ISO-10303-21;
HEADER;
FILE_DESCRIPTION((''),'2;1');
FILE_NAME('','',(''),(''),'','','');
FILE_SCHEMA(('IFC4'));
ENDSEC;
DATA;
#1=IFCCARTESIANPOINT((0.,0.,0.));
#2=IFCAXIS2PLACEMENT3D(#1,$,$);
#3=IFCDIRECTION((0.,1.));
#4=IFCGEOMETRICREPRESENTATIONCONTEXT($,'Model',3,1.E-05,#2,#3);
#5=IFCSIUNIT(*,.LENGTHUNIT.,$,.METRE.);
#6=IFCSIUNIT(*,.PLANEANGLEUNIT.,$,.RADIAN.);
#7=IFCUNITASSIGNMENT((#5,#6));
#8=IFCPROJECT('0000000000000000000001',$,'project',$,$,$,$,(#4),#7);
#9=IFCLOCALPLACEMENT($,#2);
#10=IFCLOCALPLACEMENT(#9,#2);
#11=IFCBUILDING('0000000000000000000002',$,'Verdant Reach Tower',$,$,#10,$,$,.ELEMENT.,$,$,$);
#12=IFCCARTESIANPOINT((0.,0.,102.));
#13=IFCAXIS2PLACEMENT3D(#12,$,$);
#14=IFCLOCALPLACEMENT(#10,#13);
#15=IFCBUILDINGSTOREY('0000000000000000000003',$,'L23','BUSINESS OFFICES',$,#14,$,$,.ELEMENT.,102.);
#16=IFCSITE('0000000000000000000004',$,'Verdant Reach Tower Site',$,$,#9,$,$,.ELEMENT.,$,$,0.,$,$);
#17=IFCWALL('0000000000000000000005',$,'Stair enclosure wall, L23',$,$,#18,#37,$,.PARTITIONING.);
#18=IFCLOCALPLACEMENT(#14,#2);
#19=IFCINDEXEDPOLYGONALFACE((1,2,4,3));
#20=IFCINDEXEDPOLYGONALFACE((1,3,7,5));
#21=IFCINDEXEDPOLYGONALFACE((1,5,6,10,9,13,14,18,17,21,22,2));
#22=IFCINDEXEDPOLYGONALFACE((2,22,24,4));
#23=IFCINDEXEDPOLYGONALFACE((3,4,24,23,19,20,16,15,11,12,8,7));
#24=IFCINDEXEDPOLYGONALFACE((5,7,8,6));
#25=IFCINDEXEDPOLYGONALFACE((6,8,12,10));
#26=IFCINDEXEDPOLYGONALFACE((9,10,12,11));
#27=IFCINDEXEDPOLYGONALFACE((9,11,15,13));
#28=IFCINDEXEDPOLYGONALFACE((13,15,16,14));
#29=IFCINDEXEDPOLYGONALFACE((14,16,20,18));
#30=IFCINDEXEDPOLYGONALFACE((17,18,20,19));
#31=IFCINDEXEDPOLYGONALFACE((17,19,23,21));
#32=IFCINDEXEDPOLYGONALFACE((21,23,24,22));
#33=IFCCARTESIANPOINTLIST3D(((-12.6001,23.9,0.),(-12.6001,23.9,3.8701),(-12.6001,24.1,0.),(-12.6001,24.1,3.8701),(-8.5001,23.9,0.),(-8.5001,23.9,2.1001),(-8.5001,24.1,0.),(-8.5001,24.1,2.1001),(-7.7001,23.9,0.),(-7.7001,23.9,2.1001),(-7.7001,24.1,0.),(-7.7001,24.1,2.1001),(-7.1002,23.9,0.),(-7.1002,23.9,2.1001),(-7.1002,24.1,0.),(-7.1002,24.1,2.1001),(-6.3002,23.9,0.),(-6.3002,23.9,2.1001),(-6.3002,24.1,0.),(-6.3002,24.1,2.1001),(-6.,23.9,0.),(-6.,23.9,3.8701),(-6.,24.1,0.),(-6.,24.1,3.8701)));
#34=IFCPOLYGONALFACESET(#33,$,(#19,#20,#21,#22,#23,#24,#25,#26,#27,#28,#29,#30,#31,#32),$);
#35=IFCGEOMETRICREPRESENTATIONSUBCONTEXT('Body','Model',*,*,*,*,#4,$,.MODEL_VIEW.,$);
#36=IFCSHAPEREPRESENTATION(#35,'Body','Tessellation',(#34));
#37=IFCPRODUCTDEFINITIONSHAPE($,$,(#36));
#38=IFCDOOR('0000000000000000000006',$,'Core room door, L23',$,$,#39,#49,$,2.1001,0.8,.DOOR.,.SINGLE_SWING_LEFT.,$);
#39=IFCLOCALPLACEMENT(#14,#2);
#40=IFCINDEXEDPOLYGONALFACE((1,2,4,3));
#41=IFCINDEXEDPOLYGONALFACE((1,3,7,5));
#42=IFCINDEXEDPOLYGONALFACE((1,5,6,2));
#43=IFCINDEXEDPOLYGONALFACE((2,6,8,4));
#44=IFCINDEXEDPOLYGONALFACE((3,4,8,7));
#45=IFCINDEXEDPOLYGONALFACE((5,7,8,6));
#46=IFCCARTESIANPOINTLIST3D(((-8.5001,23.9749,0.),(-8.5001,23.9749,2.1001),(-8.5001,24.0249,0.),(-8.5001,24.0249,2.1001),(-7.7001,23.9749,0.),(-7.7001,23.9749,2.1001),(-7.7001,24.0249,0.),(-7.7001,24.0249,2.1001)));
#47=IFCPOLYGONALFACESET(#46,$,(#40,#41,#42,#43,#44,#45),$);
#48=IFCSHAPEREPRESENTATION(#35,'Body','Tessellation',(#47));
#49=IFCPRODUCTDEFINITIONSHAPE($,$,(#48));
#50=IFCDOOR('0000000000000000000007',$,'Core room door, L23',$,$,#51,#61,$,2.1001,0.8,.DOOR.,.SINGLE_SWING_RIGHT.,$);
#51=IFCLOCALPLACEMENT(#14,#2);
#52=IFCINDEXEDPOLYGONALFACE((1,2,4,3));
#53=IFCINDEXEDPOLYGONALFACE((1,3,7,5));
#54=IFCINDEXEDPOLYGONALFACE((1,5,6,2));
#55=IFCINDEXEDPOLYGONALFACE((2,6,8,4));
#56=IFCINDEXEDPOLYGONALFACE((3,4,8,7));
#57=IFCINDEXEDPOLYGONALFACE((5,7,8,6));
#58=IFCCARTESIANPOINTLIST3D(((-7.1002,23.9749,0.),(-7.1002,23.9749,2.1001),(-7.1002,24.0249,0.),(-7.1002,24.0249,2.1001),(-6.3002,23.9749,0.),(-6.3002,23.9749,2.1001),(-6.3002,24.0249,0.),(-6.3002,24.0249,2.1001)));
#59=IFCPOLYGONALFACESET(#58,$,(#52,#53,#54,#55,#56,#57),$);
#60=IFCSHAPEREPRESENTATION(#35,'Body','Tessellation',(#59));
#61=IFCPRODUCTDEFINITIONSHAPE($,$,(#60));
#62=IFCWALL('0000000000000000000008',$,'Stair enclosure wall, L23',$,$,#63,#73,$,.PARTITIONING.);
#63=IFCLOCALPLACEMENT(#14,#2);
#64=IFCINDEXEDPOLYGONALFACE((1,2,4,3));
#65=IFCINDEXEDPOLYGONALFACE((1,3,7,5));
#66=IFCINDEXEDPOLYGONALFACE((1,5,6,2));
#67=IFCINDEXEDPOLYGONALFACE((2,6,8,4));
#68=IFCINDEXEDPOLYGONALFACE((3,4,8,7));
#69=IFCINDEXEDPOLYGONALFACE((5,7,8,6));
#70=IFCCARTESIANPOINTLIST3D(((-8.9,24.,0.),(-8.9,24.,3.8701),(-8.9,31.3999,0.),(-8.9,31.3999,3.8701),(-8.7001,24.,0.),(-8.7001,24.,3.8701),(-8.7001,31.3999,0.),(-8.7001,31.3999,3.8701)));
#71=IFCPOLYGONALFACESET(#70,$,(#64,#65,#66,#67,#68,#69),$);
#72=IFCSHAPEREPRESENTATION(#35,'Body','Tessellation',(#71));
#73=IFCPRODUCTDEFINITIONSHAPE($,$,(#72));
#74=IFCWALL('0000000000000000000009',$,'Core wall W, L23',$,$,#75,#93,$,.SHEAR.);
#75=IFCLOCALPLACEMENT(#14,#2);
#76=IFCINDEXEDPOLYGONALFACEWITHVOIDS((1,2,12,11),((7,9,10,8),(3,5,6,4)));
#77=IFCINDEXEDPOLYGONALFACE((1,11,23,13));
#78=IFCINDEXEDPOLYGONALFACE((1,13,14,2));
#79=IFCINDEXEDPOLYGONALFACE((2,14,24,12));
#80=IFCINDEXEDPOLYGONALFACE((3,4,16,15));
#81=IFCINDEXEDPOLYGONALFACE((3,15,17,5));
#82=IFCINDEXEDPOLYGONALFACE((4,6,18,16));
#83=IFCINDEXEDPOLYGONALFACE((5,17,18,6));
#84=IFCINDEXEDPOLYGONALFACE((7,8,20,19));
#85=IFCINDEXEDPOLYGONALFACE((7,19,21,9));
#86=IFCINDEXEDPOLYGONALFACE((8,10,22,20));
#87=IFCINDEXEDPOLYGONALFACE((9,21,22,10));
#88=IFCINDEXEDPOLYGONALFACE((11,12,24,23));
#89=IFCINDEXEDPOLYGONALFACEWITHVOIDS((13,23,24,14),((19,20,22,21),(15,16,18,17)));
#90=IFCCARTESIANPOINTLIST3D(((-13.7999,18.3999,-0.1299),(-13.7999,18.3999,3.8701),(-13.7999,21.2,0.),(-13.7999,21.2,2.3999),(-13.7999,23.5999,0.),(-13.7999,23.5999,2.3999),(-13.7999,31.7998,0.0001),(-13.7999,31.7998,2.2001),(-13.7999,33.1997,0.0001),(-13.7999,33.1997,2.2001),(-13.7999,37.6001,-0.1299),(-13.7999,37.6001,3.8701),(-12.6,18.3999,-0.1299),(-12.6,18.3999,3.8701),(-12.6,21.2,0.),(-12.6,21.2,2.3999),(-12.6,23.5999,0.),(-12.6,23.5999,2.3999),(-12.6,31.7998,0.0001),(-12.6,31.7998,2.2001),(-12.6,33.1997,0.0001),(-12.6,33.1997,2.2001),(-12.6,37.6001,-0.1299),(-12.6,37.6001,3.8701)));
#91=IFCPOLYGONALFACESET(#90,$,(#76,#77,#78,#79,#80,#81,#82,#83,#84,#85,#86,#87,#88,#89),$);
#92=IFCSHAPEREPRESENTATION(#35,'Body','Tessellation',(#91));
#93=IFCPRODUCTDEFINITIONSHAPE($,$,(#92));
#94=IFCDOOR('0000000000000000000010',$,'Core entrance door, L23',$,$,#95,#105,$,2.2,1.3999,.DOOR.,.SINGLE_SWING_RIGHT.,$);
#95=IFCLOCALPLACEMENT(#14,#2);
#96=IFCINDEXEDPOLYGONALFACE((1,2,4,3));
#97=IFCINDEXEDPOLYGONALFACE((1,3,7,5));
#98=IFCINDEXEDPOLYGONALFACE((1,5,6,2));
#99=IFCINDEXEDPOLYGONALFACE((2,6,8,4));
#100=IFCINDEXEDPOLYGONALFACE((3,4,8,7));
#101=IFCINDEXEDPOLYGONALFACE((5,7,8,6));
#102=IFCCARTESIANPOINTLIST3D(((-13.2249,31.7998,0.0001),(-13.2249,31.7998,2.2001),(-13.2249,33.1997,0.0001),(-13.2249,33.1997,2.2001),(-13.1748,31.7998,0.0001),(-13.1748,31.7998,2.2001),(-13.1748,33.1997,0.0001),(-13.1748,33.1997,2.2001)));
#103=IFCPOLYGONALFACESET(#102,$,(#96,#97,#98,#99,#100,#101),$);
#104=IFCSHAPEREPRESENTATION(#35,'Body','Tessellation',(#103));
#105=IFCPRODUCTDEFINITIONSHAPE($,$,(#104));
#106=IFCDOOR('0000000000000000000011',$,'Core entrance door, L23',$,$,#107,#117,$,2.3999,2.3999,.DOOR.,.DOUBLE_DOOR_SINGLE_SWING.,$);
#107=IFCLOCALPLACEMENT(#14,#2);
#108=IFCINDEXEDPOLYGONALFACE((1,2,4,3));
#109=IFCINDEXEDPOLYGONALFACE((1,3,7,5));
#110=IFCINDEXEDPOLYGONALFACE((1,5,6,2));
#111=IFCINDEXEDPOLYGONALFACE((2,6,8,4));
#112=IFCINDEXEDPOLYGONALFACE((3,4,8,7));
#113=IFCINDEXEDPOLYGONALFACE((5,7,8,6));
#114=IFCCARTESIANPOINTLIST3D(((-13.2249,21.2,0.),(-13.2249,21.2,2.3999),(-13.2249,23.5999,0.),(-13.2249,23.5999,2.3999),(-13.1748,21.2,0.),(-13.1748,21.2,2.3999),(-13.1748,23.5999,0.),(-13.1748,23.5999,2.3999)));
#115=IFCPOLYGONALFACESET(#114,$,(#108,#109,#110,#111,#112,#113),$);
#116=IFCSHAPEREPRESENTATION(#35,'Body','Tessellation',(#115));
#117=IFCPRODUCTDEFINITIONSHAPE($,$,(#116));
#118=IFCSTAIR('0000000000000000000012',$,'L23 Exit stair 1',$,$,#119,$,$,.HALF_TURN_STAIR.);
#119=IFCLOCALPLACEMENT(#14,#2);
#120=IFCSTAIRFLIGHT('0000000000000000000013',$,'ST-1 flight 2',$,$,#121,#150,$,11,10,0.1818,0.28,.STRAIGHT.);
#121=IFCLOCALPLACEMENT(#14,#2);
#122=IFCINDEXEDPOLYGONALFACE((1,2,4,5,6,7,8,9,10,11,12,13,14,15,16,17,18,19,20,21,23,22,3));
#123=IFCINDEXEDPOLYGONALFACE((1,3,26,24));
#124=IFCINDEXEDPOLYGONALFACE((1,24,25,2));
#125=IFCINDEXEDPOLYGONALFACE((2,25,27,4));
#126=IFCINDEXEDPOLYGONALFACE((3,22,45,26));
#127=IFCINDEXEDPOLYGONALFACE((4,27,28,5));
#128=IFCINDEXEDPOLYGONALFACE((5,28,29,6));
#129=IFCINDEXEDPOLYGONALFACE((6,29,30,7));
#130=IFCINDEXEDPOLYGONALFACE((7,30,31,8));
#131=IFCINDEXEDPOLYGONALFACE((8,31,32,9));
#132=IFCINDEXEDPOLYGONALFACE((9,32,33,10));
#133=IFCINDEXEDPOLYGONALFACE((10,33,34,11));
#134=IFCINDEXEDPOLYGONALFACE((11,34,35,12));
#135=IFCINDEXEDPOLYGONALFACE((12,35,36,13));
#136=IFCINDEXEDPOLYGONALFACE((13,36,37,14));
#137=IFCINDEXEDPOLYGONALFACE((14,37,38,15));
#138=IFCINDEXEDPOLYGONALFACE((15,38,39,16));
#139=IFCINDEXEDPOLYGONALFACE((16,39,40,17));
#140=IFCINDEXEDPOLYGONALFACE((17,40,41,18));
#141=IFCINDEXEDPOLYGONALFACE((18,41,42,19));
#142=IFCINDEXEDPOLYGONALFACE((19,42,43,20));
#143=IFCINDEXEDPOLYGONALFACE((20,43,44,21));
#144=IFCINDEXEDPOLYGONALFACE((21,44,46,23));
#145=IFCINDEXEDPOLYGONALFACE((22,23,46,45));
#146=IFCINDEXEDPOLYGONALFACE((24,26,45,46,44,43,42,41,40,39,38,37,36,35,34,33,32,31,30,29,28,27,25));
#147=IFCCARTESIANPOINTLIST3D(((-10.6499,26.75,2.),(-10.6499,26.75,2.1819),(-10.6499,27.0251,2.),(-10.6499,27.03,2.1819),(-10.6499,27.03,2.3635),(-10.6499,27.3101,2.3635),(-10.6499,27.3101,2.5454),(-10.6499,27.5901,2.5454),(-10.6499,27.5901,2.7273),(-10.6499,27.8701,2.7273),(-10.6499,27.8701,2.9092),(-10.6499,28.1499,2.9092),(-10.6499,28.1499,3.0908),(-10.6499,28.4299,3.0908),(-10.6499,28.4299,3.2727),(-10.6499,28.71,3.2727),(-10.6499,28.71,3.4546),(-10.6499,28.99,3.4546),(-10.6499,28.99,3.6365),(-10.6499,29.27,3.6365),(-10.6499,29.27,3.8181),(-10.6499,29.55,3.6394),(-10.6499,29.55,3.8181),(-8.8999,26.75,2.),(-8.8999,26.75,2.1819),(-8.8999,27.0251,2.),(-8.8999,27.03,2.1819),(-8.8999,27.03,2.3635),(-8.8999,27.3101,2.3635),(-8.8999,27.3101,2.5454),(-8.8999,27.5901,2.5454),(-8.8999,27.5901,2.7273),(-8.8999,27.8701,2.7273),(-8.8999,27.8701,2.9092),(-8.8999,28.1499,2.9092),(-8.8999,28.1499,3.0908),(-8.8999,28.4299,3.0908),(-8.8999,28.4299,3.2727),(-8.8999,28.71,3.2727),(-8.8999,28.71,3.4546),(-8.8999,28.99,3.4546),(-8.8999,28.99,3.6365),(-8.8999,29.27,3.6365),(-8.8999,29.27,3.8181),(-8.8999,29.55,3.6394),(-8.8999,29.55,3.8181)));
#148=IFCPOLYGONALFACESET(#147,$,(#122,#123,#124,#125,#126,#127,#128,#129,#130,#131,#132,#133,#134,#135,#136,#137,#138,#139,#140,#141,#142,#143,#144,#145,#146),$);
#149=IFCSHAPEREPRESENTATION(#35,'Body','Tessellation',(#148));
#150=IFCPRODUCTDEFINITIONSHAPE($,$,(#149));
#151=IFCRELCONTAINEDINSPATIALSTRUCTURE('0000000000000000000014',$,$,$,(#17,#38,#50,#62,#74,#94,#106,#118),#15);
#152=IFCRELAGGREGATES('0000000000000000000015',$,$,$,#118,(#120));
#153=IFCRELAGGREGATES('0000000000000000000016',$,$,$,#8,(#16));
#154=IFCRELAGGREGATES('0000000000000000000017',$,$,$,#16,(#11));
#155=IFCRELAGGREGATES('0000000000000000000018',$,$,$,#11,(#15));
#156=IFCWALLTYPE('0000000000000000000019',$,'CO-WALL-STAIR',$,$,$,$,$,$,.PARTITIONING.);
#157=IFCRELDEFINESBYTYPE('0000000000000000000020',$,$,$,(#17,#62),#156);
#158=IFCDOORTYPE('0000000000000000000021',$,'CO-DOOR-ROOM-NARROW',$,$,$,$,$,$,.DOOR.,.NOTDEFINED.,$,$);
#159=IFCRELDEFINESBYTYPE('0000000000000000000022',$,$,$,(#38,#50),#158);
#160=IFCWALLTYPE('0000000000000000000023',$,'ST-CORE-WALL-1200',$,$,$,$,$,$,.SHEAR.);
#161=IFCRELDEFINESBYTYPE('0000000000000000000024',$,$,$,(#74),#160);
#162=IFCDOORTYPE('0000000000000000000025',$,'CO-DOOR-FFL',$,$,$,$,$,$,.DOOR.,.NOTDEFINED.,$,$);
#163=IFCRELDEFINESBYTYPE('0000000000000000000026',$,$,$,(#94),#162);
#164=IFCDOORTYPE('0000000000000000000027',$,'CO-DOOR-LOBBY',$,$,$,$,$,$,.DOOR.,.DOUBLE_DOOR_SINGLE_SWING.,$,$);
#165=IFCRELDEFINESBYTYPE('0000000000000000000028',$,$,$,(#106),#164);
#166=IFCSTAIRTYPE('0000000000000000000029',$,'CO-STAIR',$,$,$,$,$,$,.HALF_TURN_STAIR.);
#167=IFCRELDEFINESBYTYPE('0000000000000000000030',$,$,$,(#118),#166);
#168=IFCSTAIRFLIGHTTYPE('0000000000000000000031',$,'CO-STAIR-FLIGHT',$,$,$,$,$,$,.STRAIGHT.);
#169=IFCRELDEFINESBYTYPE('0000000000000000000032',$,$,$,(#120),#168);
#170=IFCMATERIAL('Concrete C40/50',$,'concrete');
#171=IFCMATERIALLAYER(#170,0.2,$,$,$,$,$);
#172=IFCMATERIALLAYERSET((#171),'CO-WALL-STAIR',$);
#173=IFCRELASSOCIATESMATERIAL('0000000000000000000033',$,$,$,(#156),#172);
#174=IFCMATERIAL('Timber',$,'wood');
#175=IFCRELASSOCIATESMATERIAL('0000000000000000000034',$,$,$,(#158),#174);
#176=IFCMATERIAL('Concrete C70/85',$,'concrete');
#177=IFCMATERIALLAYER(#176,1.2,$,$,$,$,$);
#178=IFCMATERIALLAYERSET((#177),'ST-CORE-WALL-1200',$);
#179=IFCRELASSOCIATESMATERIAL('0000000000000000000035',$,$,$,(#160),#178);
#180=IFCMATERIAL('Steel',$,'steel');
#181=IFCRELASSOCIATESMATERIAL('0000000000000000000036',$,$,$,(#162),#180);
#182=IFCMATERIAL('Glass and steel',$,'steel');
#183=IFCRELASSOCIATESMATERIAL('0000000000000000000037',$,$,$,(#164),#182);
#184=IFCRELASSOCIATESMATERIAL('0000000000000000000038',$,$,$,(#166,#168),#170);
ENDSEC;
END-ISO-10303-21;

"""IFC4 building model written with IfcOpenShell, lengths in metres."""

from ifc_helpers import new_model, si_unit, direction, frame, frame_2d, origin, place, context, subcontext, project, spatial, polyline, rectangle, outline, extrude, material, layer, layer_set, type_object, element, fill, aggregate, save


model = new_model("IFC4")

# Units and contexts
model_context = context("Model", 3, precision=1e-05, world=origin(), true_north=direction((0.0, 1.0)))
body_context = subcontext(model_context, "Body", "Model", "MODEL_VIEW")
ifc_project = project(units=[si_unit("LENGTHUNIT", "METRE"), si_unit("PLANEANGLEUNIT", "RADIAN")], contexts=[model_context])

# Site, building, storey
site_placement = place(None, origin())
site = spatial("IfcSite", under=ifc_project, at=site_placement, Name="Verdant Reach Tower Site", CompositionType="ELEMENT", RefElevation=0.0)
building_placement = place(site_placement, origin())
building = spatial("IfcBuilding", under=site, at=building_placement, Name="Verdant Reach Tower", CompositionType="ELEMENT")
storey_placement = place(building_placement, frame((0.0, 0.0, 102.0)))
storey = spatial("IfcBuildingStorey", under=building, at=storey_placement, Name="L23", Description="BUSINESS OFFICES", CompositionType="ELEMENT", Elevation=102.0)

# Shared definitions
ifc_material_1 = material(Name="Timber", Category="wood")

# Wall, openings, doors
ifc_material_2 = material(Name="Concrete C40/50", Category="concrete")
ifc_layer_1 = layer(ifc_material_2, 0.2)
ifc_layer_set_1 = layer_set([ifc_layer_1], Name="CO-WALL-STAIR")
wall_type_1 = type_object("IfcWallType", Name="CO-WALL-STAIR", PredefinedType="PARTITIONING", material=ifc_layer_set_1)
wall_1_placement = place(storey_placement, frame((-12.6001, 24.0, 0.0), z_axis=(0.0, 0.0, 1.0), x_axis=(1.0, 0.0, 0.0)))
wall_1 = element("IfcWall", 1, at=wall_1_placement, inside=storey, type_object=wall_type_1, Name="Stair enclosure wall, L23", PredefinedType="PARTITIONING", context=body_context, shape_type="SweptSolid", body=[
    extrude(rectangle(XDim=6.6001, YDim=0.2, at=frame_2d((3.3, 0.0))), origin(), (0.0, 0.0, 1.0), 3.8701),
])
opening_1_placement = place(wall_1_placement, frame((4.1001, 0.0, 0.0)))
opening_1 = element("IfcOpeningElement", 2, at=opening_1_placement, cuts=wall_1, PredefinedType="OPENING", context=body_context, shape_type="SweptSolid", body=[
    extrude(rectangle(XDim=0.8, YDim=2.1001, at=frame_2d((0.3999, 1.05))), frame((0.0, 0.1099, 0.0), z_axis=(0.0, -1.0, 0.0), x_axis=(1.0, 0.0, 0.0)), (0.0, 0.0, 1.0), 0.22),
])
opening_2_placement = place(wall_1_placement, frame((5.5, 0.0, 0.0)))
opening_2 = element("IfcOpeningElement", 3, at=opening_2_placement, cuts=wall_1, PredefinedType="OPENING", context=body_context, shape_type="SweptSolid", body=[
    extrude(rectangle(XDim=0.8, YDim=2.1001, at=frame_2d((0.3999, 1.05))), frame((0.0, 0.1099, 0.0), z_axis=(0.0, -1.0, 0.0), x_axis=(1.0, 0.0, 0.0)), (0.0, 0.0, 1.0), 0.22),
])
door_type_1 = type_object("IfcDoorType", Name="CO-DOOR-ROOM-NARROW", OperationType="NOTDEFINED", PredefinedType="DOOR", material=ifc_material_1)
door_1_placement = place(opening_1_placement, origin())
door_1 = element("IfcDoor", 4, at=door_1_placement, inside=storey, type_object=door_type_1, Name="Core room door, L23", OperationType="SINGLE_SWING_LEFT", OverallHeight=2.1001, OverallWidth=0.8, PredefinedType="DOOR", context=body_context, shape_type="SweptSolid", body=[
    extrude(rectangle(XDim=0.8, YDim=2.1001, at=frame_2d((0.3999, 1.05))), frame((0.0, 0.0249, 0.0), z_axis=(0.0, -1.0, 0.0), x_axis=(1.0, 0.0, 0.0)), (0.0, 0.0, 1.0), 0.05),
])
fill(opening_1, door_1)
door_2_placement = place(opening_2_placement, origin())
door_2 = element("IfcDoor", 5, at=door_2_placement, inside=storey, type_object=door_type_1, Name="Core room door, L23", OperationType="SINGLE_SWING_RIGHT", OverallHeight=2.1001, OverallWidth=0.8, PredefinedType="DOOR", context=body_context, shape_type="SweptSolid", body=[
    extrude(rectangle(XDim=0.8, YDim=2.1001, at=frame_2d((0.3999, 1.05))), frame((0.0, 0.0249, 0.0), z_axis=(0.0, -1.0, 0.0), x_axis=(1.0, 0.0, 0.0)), (0.0, 0.0, 1.0), 0.05),
])
fill(opening_2, door_2)

# Wall
wall_2_placement = place(storey_placement, frame((-8.8, 24.0, 0.0), z_axis=(0.0, 0.0, 1.0), x_axis=(0.0, 1.0, 0.0)))
element("IfcWall", 6, at=wall_2_placement, inside=storey, type_object=wall_type_1, Name="Stair enclosure wall, L23", PredefinedType="PARTITIONING", context=body_context, shape_type="SweptSolid", body=[
    extrude(rectangle(XDim=7.3999, YDim=0.2, at=frame_2d((3.7, 0.0))), origin(), (0.0, 0.0, 1.0), 3.8701),
])

# Wall, openings, doors
ifc_material_3 = material(Name="Concrete C70/85", Category="concrete")
ifc_layer_2 = layer(ifc_material_3, 1.2)
ifc_layer_set_2 = layer_set([ifc_layer_2], Name="ST-CORE-WALL-1200")
wall_type_2 = type_object("IfcWallType", Name="ST-CORE-WALL-1200", PredefinedType="SHEAR", material=ifc_layer_set_2)
wall_3_placement = place(storey_placement, frame((-13.2, 18.3999, -0.1299), z_axis=(0.0, 0.0, 1.0), x_axis=(0.0, 1.0, 0.0)))
wall_3 = element("IfcWall", 7, at=wall_3_placement, inside=storey, type_object=wall_type_2, Name="Core wall W, L23", PredefinedType="SHEAR", context=body_context, shape_type="SweptSolid", body=[
    extrude(rectangle(XDim=19.2002, YDim=1.2, at=frame_2d((9.6001, 0.0))), origin(), (0.0, 0.0, 1.0), 4.0),
])
opening_3_placement = place(wall_3_placement, frame((2.8, 0.0, 0.1299)))
opening_3 = element("IfcOpeningElement", 8, at=opening_3_placement, cuts=wall_3, PredefinedType="OPENING", context=body_context, shape_type="SweptSolid", body=[
    extrude(rectangle(XDim=2.3999, YDim=2.3999, at=frame_2d((1.2, 1.2))), frame((0.0, 0.6099, 0.0), z_axis=(0.0, -1.0, 0.0), x_axis=(1.0, 0.0, 0.0)), (0.0, 0.0, 1.0), 1.22),
])
opening_4_placement = place(wall_3_placement, frame((13.3999, 0.0, 0.1299)))
opening_4 = element("IfcOpeningElement", 9, at=opening_4_placement, cuts=wall_3, PredefinedType="OPENING", context=body_context, shape_type="SweptSolid", body=[
    extrude(rectangle(XDim=1.3999, YDim=2.2, at=frame_2d((0.7, 1.1001))), frame((0.0, 0.6099, 0.0), z_axis=(0.0, -1.0, 0.0), x_axis=(1.0, 0.0, 0.0)), (0.0, 0.0, 1.0), 1.22),
])
ifc_material_4 = material(Name="Steel", Category="steel")
door_type_2 = type_object("IfcDoorType", Name="CO-DOOR-FFL", OperationType="NOTDEFINED", PredefinedType="DOOR", material=ifc_material_4)
door_3_placement = place(opening_4_placement, origin())
door_3 = element("IfcDoor", 10, at=door_3_placement, inside=storey, type_object=door_type_2, Name="Core entrance door, L23", OperationType="SINGLE_SWING_RIGHT", OverallHeight=2.2, OverallWidth=1.3999, PredefinedType="DOOR", context=body_context, shape_type="SweptSolid", body=[
    extrude(rectangle(XDim=1.3999, YDim=2.2, at=frame_2d((0.7, 1.1001))), frame((0.0, 0.0249, 0.0), z_axis=(0.0, -1.0, 0.0), x_axis=(1.0, 0.0, 0.0)), (0.0, 0.0, 1.0), 0.05),
])
fill(opening_4, door_3)
ifc_material_5 = material(Name="Glass and steel", Category="steel")
door_type_3 = type_object("IfcDoorType", Name="CO-DOOR-LOBBY", OperationType="DOUBLE_DOOR_SINGLE_SWING", PredefinedType="DOOR", material=ifc_material_5)
door_4_placement = place(opening_3_placement, origin())
door_4 = element("IfcDoor", 11, at=door_4_placement, inside=storey, type_object=door_type_3, Name="Core entrance door, L23", OperationType="DOUBLE_DOOR_SINGLE_SWING", OverallHeight=2.3999, OverallWidth=2.3999, PredefinedType="DOOR", context=body_context, shape_type="SweptSolid", body=[
    extrude(rectangle(XDim=2.3999, YDim=2.3999, at=frame_2d((1.2, 1.2))), frame((0.0, 0.0249, 0.0), z_axis=(0.0, -1.0, 0.0), x_axis=(1.0, 0.0, 0.0)), (0.0, 0.0, 1.0), 0.05),
])
fill(opening_3, door_4)

# Stair, stair flight
stair_type = type_object("IfcStairType", Name="CO-STAIR", PredefinedType="HALF_TURN_STAIR", material=ifc_material_2)
stair_placement = place(storey_placement, origin())
stair = element("IfcStair", 12, at=stair_placement, inside=storey, type_object=stair_type, Name="L23 Exit stair 1", PredefinedType="HALF_TURN_STAIR")
stair_flight_type = type_object("IfcStairFlightType", Name="CO-STAIR-FLIGHT", PredefinedType="STRAIGHT", material=ifc_material_2)
stair_flight_placement = place(storey_placement, frame((-9.7749, 26.75, 2.0), z_axis=(0.0, 0.0, 1.0), x_axis=(0.0, 1.0, 0.0)))
stair_flight = element("IfcStairFlight", 13, at=stair_flight_placement, type_object=stair_flight_type, Name="ST-1 flight 2", NumberOfRisers=11, NumberOfTreads=10, PredefinedType="STRAIGHT", RiserHeight=0.1818, TreadLength=0.28, context=body_context, shape_type="SweptSolid", body=[
    extrude(outline(polyline([(0.0, 0.0), (0.0, 0.1819), (0.28, 0.1819), (0.28, 0.3635), (0.5601, 0.3635), (0.5601, 0.5454), (0.8401, 0.5454), (0.8401, 0.7273), (1.1201, 0.7273), (1.1201, 0.9092), (1.3999, 0.9092), (1.3999, 1.0908), (1.6799, 1.0908), (1.6799, 1.2727), (1.96, 1.2727), (1.96, 1.4546), (2.24, 1.4546), (2.24, 1.6365), (2.52, 1.6365), (2.52, 1.8181), (2.8, 1.8181), (2.8, 2.0), (2.8, 1.6394), (0.2751, 0.0), (0.0, 0.0)])), frame((0.0, 0.875, 0.0), z_axis=(0.0, -1.0, 0.0), x_axis=(1.0, 0.0, 0.0)), (0.0, 0.0, 1.0), 1.75),
])
aggregate(stair, [stair_flight])

save(model, "model.ifc")
